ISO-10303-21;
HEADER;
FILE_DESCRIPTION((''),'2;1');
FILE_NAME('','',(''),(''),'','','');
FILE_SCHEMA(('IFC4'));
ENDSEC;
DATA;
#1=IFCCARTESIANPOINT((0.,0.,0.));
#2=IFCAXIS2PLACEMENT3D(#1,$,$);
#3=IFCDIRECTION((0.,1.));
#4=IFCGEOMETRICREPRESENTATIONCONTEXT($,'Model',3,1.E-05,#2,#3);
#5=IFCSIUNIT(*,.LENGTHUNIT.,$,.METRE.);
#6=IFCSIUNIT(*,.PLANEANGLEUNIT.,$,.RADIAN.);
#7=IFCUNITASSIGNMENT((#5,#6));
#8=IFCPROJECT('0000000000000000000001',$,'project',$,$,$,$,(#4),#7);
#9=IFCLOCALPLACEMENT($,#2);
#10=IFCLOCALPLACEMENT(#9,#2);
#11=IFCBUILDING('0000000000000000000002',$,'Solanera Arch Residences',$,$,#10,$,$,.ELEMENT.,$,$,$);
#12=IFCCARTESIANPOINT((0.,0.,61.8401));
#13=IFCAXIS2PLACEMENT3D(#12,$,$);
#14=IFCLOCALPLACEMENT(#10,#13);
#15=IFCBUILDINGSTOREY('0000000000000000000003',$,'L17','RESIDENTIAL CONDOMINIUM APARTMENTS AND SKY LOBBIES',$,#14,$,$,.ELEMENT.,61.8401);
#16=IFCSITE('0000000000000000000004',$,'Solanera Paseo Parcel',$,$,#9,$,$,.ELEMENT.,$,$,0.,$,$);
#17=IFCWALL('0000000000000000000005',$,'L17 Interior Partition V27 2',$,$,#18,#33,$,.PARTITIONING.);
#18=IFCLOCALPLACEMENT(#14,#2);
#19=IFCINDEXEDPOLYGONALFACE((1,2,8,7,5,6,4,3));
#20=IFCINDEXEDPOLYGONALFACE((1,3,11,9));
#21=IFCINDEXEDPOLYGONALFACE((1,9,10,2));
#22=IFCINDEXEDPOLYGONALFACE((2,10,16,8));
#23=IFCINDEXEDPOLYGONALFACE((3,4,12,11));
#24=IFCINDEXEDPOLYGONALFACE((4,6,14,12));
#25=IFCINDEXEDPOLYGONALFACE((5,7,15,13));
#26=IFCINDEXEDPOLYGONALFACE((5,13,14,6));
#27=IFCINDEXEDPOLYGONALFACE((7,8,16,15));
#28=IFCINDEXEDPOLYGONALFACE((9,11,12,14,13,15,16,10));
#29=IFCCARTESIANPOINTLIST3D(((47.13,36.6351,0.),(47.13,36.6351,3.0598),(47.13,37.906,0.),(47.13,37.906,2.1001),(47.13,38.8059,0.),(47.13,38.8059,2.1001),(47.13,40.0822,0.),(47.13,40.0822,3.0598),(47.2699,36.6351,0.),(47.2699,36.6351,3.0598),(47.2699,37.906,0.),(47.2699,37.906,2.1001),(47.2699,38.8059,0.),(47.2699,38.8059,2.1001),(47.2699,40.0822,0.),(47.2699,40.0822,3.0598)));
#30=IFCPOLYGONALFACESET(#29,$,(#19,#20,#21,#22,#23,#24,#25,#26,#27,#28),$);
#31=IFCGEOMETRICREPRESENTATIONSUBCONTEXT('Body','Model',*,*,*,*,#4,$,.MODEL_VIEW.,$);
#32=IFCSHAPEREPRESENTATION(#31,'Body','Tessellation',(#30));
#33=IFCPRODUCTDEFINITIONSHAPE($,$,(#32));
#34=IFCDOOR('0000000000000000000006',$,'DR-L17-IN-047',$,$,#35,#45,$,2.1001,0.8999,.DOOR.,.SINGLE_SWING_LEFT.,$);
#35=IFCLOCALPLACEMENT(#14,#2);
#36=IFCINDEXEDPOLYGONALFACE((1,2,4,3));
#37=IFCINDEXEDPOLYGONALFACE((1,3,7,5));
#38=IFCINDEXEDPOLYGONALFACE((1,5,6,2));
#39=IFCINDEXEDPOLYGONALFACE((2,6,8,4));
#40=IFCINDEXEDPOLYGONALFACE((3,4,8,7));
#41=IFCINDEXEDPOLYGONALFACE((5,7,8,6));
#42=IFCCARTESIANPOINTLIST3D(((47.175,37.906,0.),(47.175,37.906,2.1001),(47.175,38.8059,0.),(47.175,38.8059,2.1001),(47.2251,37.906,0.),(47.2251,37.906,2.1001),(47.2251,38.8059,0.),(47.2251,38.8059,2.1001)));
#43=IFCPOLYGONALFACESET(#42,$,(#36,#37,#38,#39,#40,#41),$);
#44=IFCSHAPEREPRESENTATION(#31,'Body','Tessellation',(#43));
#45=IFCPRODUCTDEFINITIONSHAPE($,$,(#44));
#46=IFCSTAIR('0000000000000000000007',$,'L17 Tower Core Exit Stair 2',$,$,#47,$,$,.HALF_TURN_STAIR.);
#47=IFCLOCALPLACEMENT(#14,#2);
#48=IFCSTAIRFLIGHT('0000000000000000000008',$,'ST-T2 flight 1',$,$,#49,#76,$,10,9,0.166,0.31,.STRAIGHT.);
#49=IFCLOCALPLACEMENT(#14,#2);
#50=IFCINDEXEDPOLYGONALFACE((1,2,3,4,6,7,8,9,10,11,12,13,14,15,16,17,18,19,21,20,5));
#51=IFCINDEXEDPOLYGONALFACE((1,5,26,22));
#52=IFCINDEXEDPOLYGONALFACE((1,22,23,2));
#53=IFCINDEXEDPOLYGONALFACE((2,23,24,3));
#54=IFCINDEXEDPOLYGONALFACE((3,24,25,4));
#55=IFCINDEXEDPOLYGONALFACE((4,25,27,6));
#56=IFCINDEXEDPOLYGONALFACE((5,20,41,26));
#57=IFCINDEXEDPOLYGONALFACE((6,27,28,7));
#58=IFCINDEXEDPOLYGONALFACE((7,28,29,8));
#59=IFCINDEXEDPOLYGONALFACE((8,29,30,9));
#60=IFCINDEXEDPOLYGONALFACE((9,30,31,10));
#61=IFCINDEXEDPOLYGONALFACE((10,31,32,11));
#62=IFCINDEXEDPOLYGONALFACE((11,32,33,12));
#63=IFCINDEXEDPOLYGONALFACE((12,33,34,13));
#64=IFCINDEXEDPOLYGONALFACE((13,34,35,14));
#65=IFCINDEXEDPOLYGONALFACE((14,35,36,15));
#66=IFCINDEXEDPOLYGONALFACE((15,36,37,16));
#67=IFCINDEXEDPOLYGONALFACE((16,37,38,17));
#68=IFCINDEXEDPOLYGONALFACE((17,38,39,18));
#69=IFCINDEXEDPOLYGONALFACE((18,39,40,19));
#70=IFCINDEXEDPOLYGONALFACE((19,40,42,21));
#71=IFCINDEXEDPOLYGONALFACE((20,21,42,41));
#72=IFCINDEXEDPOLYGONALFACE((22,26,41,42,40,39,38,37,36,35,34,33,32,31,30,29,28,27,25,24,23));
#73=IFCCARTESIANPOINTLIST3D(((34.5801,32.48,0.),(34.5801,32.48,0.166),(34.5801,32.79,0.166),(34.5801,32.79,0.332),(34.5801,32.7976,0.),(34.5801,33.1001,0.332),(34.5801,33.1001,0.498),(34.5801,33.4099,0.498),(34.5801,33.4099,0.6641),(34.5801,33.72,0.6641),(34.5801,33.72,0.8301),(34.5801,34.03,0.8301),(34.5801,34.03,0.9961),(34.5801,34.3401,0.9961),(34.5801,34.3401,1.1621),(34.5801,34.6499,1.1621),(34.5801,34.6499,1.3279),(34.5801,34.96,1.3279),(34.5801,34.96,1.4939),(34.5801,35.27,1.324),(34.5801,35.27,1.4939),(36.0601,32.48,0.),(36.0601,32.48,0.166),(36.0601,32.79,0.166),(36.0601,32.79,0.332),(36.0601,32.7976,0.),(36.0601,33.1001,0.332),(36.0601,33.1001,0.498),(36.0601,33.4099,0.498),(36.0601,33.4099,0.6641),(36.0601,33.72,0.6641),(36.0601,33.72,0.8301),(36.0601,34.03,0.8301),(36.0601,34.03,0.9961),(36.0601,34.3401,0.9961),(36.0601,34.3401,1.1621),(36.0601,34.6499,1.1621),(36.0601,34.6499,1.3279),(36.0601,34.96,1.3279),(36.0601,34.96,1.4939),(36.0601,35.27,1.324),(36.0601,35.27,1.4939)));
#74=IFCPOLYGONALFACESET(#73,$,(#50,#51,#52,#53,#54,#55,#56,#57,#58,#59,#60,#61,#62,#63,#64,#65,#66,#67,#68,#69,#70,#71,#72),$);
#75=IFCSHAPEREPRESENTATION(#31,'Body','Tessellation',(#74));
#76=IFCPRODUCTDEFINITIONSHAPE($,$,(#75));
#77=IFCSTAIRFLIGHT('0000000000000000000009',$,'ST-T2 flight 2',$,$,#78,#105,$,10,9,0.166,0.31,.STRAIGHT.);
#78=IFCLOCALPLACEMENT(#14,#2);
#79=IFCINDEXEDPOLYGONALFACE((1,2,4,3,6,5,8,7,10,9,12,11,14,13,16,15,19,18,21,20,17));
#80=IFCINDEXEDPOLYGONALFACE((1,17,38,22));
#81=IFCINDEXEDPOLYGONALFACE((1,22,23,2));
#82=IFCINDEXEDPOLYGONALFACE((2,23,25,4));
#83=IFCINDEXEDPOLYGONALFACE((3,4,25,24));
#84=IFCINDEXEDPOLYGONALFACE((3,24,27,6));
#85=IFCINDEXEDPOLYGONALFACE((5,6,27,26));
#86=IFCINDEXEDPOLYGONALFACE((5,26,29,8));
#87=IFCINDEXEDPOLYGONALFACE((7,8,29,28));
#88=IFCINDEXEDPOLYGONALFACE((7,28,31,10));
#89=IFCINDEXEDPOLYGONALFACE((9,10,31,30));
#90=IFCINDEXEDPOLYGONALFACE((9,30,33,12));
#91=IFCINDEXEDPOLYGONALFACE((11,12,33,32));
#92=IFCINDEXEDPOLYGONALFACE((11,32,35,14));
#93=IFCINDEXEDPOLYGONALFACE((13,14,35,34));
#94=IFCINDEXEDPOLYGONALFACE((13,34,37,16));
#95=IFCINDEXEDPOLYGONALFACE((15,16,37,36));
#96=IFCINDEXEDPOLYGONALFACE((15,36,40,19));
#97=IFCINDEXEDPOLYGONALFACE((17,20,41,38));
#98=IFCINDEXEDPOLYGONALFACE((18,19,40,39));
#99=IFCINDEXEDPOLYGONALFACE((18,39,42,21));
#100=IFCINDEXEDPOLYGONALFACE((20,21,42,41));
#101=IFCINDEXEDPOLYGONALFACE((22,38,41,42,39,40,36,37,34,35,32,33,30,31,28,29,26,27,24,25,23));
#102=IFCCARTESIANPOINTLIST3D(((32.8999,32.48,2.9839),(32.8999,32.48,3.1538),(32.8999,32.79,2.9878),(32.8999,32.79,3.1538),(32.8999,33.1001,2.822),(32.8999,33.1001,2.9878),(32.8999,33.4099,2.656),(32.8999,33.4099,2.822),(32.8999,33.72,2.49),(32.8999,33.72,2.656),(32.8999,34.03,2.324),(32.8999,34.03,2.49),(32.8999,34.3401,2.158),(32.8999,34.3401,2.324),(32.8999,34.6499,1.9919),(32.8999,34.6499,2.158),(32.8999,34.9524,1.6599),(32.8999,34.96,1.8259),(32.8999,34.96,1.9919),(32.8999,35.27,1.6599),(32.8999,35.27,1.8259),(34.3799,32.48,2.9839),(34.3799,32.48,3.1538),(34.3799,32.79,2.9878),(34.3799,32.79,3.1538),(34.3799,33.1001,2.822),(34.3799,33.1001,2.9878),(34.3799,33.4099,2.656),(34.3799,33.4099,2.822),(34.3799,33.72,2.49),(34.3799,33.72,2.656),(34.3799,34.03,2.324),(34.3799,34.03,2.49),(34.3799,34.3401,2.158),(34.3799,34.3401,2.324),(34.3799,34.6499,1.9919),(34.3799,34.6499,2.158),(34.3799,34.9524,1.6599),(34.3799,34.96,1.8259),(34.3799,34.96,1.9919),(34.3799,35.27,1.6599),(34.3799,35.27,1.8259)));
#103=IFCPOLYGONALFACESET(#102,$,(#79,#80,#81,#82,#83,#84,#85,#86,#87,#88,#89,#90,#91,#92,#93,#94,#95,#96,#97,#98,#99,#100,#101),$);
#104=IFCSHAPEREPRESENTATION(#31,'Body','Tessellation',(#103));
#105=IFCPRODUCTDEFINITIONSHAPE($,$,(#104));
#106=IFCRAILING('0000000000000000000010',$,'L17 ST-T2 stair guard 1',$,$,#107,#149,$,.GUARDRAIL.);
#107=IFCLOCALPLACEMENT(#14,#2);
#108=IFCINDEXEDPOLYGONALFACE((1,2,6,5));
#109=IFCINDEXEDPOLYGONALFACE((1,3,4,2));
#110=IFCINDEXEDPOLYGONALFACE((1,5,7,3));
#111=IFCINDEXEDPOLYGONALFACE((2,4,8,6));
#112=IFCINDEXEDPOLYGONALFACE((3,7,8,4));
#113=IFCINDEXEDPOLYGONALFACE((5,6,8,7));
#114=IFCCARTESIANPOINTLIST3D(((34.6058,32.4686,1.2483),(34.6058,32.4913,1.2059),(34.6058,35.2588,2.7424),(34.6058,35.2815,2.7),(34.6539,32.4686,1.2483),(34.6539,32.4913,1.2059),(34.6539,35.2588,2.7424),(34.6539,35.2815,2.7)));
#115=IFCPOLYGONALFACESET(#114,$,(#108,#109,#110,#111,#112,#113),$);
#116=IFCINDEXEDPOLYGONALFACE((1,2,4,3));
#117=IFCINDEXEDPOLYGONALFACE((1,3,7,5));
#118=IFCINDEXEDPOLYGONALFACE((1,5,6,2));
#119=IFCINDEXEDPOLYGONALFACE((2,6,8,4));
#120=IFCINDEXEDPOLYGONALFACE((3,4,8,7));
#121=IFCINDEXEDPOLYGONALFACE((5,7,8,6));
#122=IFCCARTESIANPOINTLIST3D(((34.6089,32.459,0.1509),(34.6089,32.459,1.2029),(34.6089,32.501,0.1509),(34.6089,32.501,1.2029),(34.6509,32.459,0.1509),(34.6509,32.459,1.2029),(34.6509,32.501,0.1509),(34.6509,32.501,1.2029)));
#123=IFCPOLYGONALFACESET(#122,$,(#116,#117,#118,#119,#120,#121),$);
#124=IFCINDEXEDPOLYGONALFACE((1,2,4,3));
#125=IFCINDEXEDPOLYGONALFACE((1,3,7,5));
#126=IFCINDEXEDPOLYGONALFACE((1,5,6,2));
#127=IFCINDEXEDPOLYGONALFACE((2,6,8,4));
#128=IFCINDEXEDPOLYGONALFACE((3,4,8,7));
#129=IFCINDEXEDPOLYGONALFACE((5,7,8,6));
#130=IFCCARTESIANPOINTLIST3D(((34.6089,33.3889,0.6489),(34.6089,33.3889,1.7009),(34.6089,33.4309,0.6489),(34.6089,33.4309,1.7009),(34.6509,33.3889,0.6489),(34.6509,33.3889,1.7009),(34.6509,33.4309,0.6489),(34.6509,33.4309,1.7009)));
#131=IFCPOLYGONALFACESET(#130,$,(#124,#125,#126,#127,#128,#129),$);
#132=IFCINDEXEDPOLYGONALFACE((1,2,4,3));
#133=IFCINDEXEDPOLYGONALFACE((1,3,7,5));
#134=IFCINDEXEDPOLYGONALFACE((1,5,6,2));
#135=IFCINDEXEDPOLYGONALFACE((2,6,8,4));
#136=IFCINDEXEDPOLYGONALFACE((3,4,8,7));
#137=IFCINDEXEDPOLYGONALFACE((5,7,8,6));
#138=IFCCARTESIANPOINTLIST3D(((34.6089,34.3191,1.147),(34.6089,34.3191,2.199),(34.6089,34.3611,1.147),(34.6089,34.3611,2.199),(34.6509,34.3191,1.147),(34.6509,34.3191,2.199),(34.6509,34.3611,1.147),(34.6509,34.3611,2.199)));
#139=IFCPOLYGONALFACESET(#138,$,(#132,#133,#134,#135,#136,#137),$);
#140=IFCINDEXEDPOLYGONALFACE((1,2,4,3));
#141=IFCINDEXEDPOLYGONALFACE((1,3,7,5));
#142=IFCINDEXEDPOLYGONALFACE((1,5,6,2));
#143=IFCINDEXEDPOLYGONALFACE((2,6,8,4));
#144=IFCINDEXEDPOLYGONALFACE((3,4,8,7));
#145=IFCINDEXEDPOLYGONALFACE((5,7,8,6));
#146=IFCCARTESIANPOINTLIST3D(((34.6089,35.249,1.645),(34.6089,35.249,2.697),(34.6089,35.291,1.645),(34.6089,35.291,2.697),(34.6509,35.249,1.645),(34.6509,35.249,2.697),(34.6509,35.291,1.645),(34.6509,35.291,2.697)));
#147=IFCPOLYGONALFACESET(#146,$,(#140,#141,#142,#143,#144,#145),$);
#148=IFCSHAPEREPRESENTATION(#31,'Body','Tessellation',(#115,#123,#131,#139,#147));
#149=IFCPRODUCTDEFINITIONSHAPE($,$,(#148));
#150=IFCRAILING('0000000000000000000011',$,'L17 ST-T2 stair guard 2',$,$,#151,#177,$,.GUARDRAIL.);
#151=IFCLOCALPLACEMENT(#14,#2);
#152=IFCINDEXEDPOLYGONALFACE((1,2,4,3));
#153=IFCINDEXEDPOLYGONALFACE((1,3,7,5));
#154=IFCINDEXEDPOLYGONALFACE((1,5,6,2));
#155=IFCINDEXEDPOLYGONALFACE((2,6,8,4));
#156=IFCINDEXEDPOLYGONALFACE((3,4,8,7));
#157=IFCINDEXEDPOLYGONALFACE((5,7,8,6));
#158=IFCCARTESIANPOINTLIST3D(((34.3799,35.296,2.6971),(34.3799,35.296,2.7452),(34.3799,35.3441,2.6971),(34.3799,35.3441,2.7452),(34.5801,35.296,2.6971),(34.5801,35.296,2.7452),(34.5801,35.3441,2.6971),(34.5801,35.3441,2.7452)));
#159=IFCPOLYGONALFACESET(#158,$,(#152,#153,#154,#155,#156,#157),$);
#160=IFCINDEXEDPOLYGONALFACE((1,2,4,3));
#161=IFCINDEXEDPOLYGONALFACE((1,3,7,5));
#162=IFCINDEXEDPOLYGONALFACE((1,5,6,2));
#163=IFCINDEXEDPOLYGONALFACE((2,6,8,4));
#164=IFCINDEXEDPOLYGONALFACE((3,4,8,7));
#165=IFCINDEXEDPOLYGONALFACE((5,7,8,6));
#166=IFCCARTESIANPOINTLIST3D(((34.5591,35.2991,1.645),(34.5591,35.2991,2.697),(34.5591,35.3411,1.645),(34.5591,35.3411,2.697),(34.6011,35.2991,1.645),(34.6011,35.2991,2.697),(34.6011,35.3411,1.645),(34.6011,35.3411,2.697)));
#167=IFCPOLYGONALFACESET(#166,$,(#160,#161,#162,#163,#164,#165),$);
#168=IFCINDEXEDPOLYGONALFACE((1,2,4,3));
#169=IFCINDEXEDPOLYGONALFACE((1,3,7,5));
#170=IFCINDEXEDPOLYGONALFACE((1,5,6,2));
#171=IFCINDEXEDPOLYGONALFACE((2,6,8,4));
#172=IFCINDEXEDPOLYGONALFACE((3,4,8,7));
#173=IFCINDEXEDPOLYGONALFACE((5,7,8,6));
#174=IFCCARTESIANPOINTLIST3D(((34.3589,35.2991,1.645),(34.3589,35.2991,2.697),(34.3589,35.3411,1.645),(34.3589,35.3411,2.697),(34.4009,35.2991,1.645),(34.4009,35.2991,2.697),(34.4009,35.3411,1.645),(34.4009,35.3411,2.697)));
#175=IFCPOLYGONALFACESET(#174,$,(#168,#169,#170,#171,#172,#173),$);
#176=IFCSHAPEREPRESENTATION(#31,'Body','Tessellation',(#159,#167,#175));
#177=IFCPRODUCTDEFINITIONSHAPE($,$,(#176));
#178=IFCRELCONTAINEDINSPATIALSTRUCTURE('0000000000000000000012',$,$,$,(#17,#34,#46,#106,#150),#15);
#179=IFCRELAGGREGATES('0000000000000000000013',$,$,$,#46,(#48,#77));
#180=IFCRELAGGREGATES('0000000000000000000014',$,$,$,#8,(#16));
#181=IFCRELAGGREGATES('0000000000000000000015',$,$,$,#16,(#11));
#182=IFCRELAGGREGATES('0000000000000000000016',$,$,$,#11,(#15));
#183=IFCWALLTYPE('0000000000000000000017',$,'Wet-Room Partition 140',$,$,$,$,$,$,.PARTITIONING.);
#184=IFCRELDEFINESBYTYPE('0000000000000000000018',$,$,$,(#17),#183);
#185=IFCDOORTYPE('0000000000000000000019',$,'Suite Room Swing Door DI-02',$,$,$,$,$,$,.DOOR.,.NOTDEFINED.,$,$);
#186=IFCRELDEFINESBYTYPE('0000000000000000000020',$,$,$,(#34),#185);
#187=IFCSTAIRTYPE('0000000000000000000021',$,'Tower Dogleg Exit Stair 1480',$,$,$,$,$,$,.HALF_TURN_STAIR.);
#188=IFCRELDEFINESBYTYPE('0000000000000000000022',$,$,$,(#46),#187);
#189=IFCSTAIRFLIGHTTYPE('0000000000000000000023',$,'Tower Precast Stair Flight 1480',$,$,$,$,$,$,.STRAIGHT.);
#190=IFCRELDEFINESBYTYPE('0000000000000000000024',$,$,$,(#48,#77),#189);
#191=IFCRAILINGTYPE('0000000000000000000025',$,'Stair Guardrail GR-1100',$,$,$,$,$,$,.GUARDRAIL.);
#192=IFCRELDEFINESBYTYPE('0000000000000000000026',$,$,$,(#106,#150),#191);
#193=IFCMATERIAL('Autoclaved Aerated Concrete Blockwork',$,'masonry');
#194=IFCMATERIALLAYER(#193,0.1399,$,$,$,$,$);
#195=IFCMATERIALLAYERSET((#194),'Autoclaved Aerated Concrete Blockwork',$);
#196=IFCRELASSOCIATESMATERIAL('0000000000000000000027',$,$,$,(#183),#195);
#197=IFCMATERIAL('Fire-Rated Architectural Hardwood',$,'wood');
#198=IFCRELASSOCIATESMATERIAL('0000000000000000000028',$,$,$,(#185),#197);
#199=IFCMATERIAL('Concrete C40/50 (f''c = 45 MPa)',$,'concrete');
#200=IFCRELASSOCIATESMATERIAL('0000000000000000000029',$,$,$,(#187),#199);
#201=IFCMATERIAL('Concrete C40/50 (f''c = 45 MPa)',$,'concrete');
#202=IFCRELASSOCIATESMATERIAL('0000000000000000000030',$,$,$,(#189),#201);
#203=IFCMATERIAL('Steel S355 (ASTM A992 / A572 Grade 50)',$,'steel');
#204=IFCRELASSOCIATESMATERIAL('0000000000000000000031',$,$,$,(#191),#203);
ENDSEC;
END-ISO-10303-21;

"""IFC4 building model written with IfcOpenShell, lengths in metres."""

from ifc_helpers import new_model, si_unit, direction, frame, frame_2d, origin, origin_2d, place, context, subcontext, project, spatial, polyline, rectangle, outline, extrude, material, layer, layer_set, type_object, element, fill, aggregate, save


model = new_model("IFC4")

# Units and contexts
model_context = context("Model", 3, precision=1e-05, world=origin(), true_north=direction((0.0, 1.0)))
body_context = subcontext(model_context, "Body", "Model", "MODEL_VIEW")
ifc_project = project(units=[si_unit("LENGTHUNIT", "METRE"), si_unit("PLANEANGLEUNIT", "RADIAN")], contexts=[model_context])

# Site, building, storey
site_placement = place(None, origin())
site = spatial("IfcSite", under=ifc_project, at=site_placement, Name="Solanera Paseo Parcel", CompositionType="ELEMENT", RefElevation=0.0)
building_placement = place(site_placement, origin())
building = spatial("IfcBuilding", under=site, at=building_placement, Name="Solanera Arch Residences", CompositionType="ELEMENT")
storey_placement = place(building_placement, frame((0.0, 0.0, 61.8401)))
storey = spatial("IfcBuildingStorey", under=building, at=storey_placement, Name="L17", Description="RESIDENTIAL CONDOMINIUM APARTMENTS AND SKY LOBBIES", CompositionType="ELEMENT", Elevation=61.8401)

# Shared definitions
ifc_material_1 = material(Name="Autoclaved Aerated Concrete Blockwork", Category="masonry")
ifc_layer_1 = layer(ifc_material_1, 0.1399)
ifc_layer_set_1 = layer_set([ifc_layer_1], Name="Autoclaved Aerated Concrete Blockwork")
wall_type_1 = type_object("IfcWallType", Name="Wet-Room Partition 140", PredefinedType="PARTITIONING", material=ifc_layer_set_1)

# Wall, opening, door
wall_1_placement = place(storey_placement, frame((47.2, 36.635, 0.0), z_axis=(0.0, 0.0, 1.0), x_axis=(0.0, 1.0, 0.0)))
wall_1 = element("IfcWall", 1, at=wall_1_placement, inside=storey, type_object=wall_type_1, Name="L17 Interior Partition V27 2", PredefinedType="PARTITIONING", context=body_context, shape_type="SweptSolid", body=[
    extrude(rectangle(XDim=3.447, YDim=0.1399, at=frame_2d((1.7236, 0.0))), origin(), (0.0, 0.0, 1.0), 3.0598),
])
opening_1_placement = place(wall_1_placement, frame((1.271, 0.0, 0.0)))
opening_1 = element("IfcOpeningElement", 2, at=opening_1_placement, cuts=wall_1, PredefinedType="OPENING", context=body_context, shape_type="SweptSolid", body=[
    extrude(rectangle(XDim=0.8999, YDim=2.1001, at=frame_2d((0.45, 1.05))), frame((0.0, 0.0798, 0.0), z_axis=(0.0, -1.0, 0.0), x_axis=(1.0, 0.0, 0.0)), (0.0, 0.0, 1.0), 0.1599),
])
ifc_material_2 = material(Name="Fire-Rated Architectural Hardwood", Category="wood")
door_type_1 = type_object("IfcDoorType", Name="Suite Room Swing Door DI-02", OperationType="NOTDEFINED", PredefinedType="DOOR", material=ifc_material_2)
door_1_placement = place(opening_1_placement, origin())
door_1 = element("IfcDoor", 3, at=door_1_placement, inside=storey, type_object=door_type_1, Name="DR-L17-IN-047", OperationType="SINGLE_SWING_LEFT", OverallHeight=2.1001, OverallWidth=0.8999, PredefinedType="DOOR", context=body_context, shape_type="SweptSolid", body=[
    extrude(rectangle(XDim=0.8999, YDim=2.1001, at=frame_2d((0.45, 1.05))), frame((0.0, 0.0249, 0.0), z_axis=(0.0, -1.0, 0.0), x_axis=(1.0, 0.0, 0.0)), (0.0, 0.0, 1.0), 0.05),
])
fill(opening_1, door_1)

# Stair, stair flights
ifc_material_3 = material(Name="Concrete C40/50 (f'c = 45 MPa)", Category="concrete")
stair_type = type_object("IfcStairType", Name="Tower Dogleg Exit Stair 1480", PredefinedType="HALF_TURN_STAIR", material=ifc_material_3)
stair_placement = place(storey_placement, origin())
stair = element("IfcStair", 4, at=stair_placement, inside=storey, type_object=stair_type, Name="L17 Tower Core Exit Stair 2", PredefinedType="HALF_TURN_STAIR")
ifc_material_4 = material(Name="Concrete C40/50 (f'c = 45 MPa)", Category="concrete")
stair_flight_type = type_object("IfcStairFlightType", Name="Tower Precast Stair Flight 1480", PredefinedType="STRAIGHT", material=ifc_material_4)
stair_flight_1_placement = place(storey_placement, frame((35.3201, 32.48, 0.0), z_axis=(0.0, 0.0, 1.0), x_axis=(0.0, 1.0, 0.0)))
stair_flight_1 = element("IfcStairFlight", 5, at=stair_flight_1_placement, type_object=stair_flight_type, Name="ST-T2 flight 1", NumberOfRisers=10, NumberOfTreads=9, PredefinedType="STRAIGHT", RiserHeight=0.166, TreadLength=0.31, context=body_context, shape_type="SweptSolid", body=[
    extrude(outline(polyline([(0.0, 0.0), (0.0, 0.166), (0.3101, 0.166), (0.3101, 0.332), (0.6201, 0.332), (0.6201, 0.498), (0.9299, 0.498), (0.9299, 0.6641), (1.24, 0.6641), (1.24, 0.8301), (1.55, 0.8301), (1.55, 0.9961), (1.8601, 0.9961), (1.8601, 1.1621), (2.1699, 1.1621), (2.1699, 1.3279), (2.48, 1.3279), (2.48, 1.4939), (2.79, 1.4939), (2.79, 1.6599), (2.79, 1.324), (0.3176, 0.0), (0.0, 0.0)])), frame((0.0, 0.74, 0.0), z_axis=(0.0, -1.0, 0.0), x_axis=(1.0, 0.0, 0.0)), (0.0, 0.0, 1.0), 1.48),
])
stair_flight_2_placement = place(storey_placement, frame((33.6399, 35.27, 1.6599), z_axis=(0.0, 0.0, 1.0), x_axis=(0.0, -1.0, 0.0)))
stair_flight_2 = element("IfcStairFlight", 6, at=stair_flight_2_placement, type_object=stair_flight_type, Name="ST-T2 flight 2", NumberOfRisers=10, NumberOfTreads=9, PredefinedType="STRAIGHT", RiserHeight=0.166, TreadLength=0.31, context=body_context, shape_type="SweptSolid", body=[
    extrude(outline(polyline([(0.0, 0.0), (0.0, 0.166), (0.3101, 0.166), (0.3101, 0.332), (0.6201, 0.332), (0.6201, 0.498), (0.9299, 0.498), (0.9299, 0.6641), (1.24, 0.6641), (1.24, 0.8301), (1.55, 0.8301), (1.55, 0.9961), (1.8601, 0.9961), (1.8601, 1.1621), (2.1699, 1.1621), (2.1699, 1.3279), (2.48, 1.3279), (2.48, 1.4939), (2.79, 1.4939), (2.79, 1.6599), (2.79, 1.324), (0.3176, 0.0), (0.0, 0.0)])), frame((0.0, 0.74, 0.0), z_axis=(0.0, -1.0, 0.0), x_axis=(1.0, 0.0, 0.0)), (0.0, 0.0, 1.0), 1.48),
])
aggregate(stair, [stair_flight_1, stair_flight_2])

# Railings
ifc_material_5 = material(Name="Steel S355 (ASTM A992 / A572 Grade 50)", Category="steel")
railing_type_1 = type_object("IfcRailingType", Name="Stair Guardrail GR-1100", PredefinedType="GUARDRAIL", material=ifc_material_5)
railing_1_placement = place(storey_placement, frame((34.6299, 32.48, 0.1509)))
element("IfcRailing", 7, at=railing_1_placement, inside=storey, type_object=railing_type_1, Name="L17 ST-T2 stair guard 1", PredefinedType="GUARDRAIL", context=body_context, shape_type="SweptSolid", body=[
    extrude(rectangle(XDim=0.0481, YDim=0.0481, at=origin_2d()), frame((0.0, 0.0, 1.0762), z_axis=(0.0, 0.881549, 0.472093), x_axis=(-1.0, 0.0, 0.0)), (0.0, 0.0, 1.0), 3.165),
    extrude(rectangle(XDim=0.042, YDim=0.042, at=origin_2d()), origin(), (0.0, 0.0, 1.0), 1.052),
    extrude(rectangle(XDim=0.042, YDim=0.042, at=origin_2d()), frame((0.0, 0.9299, 0.498)), (0.0, 0.0, 1.0), 1.052),
    extrude(rectangle(XDim=0.042, YDim=0.042, at=origin_2d()), frame((0.0, 1.8601, 0.9961)), (0.0, 0.0, 1.0), 1.052),
    extrude(rectangle(XDim=0.042, YDim=0.042, at=origin_2d()), frame((0.0, 2.79, 1.4941)), (0.0, 0.0, 1.0), 1.052),
])
railing_2_placement = place(storey_placement, frame((34.5801, 35.3201, 1.645)))
element("IfcRailing", 8, at=railing_2_placement, inside=storey, type_object=railing_type_1, Name="L17 ST-T2 stair guard 2", PredefinedType="GUARDRAIL", context=body_context, shape_type="SweptSolid", body=[
    extrude(rectangle(XDim=0.0481, YDim=0.0481, at=origin_2d()), frame((0.0, 0.0, 1.0762), z_axis=(-1.0, 0.0, 0.0), x_axis=(0.0, -1.0, 0.0)), (0.0, 0.0, 1.0), 0.2002),
    extrude(rectangle(XDim=0.042, YDim=0.042, at=origin_2d()), origin(), (0.0, 0.0, 1.0), 1.052),
    extrude(rectangle(XDim=0.042, YDim=0.042, at=origin_2d()), frame((-0.2002, 0.0, 0.0)), (0.0, 0.0, 1.0), 1.052),
])

save(model, "model.ifc")
